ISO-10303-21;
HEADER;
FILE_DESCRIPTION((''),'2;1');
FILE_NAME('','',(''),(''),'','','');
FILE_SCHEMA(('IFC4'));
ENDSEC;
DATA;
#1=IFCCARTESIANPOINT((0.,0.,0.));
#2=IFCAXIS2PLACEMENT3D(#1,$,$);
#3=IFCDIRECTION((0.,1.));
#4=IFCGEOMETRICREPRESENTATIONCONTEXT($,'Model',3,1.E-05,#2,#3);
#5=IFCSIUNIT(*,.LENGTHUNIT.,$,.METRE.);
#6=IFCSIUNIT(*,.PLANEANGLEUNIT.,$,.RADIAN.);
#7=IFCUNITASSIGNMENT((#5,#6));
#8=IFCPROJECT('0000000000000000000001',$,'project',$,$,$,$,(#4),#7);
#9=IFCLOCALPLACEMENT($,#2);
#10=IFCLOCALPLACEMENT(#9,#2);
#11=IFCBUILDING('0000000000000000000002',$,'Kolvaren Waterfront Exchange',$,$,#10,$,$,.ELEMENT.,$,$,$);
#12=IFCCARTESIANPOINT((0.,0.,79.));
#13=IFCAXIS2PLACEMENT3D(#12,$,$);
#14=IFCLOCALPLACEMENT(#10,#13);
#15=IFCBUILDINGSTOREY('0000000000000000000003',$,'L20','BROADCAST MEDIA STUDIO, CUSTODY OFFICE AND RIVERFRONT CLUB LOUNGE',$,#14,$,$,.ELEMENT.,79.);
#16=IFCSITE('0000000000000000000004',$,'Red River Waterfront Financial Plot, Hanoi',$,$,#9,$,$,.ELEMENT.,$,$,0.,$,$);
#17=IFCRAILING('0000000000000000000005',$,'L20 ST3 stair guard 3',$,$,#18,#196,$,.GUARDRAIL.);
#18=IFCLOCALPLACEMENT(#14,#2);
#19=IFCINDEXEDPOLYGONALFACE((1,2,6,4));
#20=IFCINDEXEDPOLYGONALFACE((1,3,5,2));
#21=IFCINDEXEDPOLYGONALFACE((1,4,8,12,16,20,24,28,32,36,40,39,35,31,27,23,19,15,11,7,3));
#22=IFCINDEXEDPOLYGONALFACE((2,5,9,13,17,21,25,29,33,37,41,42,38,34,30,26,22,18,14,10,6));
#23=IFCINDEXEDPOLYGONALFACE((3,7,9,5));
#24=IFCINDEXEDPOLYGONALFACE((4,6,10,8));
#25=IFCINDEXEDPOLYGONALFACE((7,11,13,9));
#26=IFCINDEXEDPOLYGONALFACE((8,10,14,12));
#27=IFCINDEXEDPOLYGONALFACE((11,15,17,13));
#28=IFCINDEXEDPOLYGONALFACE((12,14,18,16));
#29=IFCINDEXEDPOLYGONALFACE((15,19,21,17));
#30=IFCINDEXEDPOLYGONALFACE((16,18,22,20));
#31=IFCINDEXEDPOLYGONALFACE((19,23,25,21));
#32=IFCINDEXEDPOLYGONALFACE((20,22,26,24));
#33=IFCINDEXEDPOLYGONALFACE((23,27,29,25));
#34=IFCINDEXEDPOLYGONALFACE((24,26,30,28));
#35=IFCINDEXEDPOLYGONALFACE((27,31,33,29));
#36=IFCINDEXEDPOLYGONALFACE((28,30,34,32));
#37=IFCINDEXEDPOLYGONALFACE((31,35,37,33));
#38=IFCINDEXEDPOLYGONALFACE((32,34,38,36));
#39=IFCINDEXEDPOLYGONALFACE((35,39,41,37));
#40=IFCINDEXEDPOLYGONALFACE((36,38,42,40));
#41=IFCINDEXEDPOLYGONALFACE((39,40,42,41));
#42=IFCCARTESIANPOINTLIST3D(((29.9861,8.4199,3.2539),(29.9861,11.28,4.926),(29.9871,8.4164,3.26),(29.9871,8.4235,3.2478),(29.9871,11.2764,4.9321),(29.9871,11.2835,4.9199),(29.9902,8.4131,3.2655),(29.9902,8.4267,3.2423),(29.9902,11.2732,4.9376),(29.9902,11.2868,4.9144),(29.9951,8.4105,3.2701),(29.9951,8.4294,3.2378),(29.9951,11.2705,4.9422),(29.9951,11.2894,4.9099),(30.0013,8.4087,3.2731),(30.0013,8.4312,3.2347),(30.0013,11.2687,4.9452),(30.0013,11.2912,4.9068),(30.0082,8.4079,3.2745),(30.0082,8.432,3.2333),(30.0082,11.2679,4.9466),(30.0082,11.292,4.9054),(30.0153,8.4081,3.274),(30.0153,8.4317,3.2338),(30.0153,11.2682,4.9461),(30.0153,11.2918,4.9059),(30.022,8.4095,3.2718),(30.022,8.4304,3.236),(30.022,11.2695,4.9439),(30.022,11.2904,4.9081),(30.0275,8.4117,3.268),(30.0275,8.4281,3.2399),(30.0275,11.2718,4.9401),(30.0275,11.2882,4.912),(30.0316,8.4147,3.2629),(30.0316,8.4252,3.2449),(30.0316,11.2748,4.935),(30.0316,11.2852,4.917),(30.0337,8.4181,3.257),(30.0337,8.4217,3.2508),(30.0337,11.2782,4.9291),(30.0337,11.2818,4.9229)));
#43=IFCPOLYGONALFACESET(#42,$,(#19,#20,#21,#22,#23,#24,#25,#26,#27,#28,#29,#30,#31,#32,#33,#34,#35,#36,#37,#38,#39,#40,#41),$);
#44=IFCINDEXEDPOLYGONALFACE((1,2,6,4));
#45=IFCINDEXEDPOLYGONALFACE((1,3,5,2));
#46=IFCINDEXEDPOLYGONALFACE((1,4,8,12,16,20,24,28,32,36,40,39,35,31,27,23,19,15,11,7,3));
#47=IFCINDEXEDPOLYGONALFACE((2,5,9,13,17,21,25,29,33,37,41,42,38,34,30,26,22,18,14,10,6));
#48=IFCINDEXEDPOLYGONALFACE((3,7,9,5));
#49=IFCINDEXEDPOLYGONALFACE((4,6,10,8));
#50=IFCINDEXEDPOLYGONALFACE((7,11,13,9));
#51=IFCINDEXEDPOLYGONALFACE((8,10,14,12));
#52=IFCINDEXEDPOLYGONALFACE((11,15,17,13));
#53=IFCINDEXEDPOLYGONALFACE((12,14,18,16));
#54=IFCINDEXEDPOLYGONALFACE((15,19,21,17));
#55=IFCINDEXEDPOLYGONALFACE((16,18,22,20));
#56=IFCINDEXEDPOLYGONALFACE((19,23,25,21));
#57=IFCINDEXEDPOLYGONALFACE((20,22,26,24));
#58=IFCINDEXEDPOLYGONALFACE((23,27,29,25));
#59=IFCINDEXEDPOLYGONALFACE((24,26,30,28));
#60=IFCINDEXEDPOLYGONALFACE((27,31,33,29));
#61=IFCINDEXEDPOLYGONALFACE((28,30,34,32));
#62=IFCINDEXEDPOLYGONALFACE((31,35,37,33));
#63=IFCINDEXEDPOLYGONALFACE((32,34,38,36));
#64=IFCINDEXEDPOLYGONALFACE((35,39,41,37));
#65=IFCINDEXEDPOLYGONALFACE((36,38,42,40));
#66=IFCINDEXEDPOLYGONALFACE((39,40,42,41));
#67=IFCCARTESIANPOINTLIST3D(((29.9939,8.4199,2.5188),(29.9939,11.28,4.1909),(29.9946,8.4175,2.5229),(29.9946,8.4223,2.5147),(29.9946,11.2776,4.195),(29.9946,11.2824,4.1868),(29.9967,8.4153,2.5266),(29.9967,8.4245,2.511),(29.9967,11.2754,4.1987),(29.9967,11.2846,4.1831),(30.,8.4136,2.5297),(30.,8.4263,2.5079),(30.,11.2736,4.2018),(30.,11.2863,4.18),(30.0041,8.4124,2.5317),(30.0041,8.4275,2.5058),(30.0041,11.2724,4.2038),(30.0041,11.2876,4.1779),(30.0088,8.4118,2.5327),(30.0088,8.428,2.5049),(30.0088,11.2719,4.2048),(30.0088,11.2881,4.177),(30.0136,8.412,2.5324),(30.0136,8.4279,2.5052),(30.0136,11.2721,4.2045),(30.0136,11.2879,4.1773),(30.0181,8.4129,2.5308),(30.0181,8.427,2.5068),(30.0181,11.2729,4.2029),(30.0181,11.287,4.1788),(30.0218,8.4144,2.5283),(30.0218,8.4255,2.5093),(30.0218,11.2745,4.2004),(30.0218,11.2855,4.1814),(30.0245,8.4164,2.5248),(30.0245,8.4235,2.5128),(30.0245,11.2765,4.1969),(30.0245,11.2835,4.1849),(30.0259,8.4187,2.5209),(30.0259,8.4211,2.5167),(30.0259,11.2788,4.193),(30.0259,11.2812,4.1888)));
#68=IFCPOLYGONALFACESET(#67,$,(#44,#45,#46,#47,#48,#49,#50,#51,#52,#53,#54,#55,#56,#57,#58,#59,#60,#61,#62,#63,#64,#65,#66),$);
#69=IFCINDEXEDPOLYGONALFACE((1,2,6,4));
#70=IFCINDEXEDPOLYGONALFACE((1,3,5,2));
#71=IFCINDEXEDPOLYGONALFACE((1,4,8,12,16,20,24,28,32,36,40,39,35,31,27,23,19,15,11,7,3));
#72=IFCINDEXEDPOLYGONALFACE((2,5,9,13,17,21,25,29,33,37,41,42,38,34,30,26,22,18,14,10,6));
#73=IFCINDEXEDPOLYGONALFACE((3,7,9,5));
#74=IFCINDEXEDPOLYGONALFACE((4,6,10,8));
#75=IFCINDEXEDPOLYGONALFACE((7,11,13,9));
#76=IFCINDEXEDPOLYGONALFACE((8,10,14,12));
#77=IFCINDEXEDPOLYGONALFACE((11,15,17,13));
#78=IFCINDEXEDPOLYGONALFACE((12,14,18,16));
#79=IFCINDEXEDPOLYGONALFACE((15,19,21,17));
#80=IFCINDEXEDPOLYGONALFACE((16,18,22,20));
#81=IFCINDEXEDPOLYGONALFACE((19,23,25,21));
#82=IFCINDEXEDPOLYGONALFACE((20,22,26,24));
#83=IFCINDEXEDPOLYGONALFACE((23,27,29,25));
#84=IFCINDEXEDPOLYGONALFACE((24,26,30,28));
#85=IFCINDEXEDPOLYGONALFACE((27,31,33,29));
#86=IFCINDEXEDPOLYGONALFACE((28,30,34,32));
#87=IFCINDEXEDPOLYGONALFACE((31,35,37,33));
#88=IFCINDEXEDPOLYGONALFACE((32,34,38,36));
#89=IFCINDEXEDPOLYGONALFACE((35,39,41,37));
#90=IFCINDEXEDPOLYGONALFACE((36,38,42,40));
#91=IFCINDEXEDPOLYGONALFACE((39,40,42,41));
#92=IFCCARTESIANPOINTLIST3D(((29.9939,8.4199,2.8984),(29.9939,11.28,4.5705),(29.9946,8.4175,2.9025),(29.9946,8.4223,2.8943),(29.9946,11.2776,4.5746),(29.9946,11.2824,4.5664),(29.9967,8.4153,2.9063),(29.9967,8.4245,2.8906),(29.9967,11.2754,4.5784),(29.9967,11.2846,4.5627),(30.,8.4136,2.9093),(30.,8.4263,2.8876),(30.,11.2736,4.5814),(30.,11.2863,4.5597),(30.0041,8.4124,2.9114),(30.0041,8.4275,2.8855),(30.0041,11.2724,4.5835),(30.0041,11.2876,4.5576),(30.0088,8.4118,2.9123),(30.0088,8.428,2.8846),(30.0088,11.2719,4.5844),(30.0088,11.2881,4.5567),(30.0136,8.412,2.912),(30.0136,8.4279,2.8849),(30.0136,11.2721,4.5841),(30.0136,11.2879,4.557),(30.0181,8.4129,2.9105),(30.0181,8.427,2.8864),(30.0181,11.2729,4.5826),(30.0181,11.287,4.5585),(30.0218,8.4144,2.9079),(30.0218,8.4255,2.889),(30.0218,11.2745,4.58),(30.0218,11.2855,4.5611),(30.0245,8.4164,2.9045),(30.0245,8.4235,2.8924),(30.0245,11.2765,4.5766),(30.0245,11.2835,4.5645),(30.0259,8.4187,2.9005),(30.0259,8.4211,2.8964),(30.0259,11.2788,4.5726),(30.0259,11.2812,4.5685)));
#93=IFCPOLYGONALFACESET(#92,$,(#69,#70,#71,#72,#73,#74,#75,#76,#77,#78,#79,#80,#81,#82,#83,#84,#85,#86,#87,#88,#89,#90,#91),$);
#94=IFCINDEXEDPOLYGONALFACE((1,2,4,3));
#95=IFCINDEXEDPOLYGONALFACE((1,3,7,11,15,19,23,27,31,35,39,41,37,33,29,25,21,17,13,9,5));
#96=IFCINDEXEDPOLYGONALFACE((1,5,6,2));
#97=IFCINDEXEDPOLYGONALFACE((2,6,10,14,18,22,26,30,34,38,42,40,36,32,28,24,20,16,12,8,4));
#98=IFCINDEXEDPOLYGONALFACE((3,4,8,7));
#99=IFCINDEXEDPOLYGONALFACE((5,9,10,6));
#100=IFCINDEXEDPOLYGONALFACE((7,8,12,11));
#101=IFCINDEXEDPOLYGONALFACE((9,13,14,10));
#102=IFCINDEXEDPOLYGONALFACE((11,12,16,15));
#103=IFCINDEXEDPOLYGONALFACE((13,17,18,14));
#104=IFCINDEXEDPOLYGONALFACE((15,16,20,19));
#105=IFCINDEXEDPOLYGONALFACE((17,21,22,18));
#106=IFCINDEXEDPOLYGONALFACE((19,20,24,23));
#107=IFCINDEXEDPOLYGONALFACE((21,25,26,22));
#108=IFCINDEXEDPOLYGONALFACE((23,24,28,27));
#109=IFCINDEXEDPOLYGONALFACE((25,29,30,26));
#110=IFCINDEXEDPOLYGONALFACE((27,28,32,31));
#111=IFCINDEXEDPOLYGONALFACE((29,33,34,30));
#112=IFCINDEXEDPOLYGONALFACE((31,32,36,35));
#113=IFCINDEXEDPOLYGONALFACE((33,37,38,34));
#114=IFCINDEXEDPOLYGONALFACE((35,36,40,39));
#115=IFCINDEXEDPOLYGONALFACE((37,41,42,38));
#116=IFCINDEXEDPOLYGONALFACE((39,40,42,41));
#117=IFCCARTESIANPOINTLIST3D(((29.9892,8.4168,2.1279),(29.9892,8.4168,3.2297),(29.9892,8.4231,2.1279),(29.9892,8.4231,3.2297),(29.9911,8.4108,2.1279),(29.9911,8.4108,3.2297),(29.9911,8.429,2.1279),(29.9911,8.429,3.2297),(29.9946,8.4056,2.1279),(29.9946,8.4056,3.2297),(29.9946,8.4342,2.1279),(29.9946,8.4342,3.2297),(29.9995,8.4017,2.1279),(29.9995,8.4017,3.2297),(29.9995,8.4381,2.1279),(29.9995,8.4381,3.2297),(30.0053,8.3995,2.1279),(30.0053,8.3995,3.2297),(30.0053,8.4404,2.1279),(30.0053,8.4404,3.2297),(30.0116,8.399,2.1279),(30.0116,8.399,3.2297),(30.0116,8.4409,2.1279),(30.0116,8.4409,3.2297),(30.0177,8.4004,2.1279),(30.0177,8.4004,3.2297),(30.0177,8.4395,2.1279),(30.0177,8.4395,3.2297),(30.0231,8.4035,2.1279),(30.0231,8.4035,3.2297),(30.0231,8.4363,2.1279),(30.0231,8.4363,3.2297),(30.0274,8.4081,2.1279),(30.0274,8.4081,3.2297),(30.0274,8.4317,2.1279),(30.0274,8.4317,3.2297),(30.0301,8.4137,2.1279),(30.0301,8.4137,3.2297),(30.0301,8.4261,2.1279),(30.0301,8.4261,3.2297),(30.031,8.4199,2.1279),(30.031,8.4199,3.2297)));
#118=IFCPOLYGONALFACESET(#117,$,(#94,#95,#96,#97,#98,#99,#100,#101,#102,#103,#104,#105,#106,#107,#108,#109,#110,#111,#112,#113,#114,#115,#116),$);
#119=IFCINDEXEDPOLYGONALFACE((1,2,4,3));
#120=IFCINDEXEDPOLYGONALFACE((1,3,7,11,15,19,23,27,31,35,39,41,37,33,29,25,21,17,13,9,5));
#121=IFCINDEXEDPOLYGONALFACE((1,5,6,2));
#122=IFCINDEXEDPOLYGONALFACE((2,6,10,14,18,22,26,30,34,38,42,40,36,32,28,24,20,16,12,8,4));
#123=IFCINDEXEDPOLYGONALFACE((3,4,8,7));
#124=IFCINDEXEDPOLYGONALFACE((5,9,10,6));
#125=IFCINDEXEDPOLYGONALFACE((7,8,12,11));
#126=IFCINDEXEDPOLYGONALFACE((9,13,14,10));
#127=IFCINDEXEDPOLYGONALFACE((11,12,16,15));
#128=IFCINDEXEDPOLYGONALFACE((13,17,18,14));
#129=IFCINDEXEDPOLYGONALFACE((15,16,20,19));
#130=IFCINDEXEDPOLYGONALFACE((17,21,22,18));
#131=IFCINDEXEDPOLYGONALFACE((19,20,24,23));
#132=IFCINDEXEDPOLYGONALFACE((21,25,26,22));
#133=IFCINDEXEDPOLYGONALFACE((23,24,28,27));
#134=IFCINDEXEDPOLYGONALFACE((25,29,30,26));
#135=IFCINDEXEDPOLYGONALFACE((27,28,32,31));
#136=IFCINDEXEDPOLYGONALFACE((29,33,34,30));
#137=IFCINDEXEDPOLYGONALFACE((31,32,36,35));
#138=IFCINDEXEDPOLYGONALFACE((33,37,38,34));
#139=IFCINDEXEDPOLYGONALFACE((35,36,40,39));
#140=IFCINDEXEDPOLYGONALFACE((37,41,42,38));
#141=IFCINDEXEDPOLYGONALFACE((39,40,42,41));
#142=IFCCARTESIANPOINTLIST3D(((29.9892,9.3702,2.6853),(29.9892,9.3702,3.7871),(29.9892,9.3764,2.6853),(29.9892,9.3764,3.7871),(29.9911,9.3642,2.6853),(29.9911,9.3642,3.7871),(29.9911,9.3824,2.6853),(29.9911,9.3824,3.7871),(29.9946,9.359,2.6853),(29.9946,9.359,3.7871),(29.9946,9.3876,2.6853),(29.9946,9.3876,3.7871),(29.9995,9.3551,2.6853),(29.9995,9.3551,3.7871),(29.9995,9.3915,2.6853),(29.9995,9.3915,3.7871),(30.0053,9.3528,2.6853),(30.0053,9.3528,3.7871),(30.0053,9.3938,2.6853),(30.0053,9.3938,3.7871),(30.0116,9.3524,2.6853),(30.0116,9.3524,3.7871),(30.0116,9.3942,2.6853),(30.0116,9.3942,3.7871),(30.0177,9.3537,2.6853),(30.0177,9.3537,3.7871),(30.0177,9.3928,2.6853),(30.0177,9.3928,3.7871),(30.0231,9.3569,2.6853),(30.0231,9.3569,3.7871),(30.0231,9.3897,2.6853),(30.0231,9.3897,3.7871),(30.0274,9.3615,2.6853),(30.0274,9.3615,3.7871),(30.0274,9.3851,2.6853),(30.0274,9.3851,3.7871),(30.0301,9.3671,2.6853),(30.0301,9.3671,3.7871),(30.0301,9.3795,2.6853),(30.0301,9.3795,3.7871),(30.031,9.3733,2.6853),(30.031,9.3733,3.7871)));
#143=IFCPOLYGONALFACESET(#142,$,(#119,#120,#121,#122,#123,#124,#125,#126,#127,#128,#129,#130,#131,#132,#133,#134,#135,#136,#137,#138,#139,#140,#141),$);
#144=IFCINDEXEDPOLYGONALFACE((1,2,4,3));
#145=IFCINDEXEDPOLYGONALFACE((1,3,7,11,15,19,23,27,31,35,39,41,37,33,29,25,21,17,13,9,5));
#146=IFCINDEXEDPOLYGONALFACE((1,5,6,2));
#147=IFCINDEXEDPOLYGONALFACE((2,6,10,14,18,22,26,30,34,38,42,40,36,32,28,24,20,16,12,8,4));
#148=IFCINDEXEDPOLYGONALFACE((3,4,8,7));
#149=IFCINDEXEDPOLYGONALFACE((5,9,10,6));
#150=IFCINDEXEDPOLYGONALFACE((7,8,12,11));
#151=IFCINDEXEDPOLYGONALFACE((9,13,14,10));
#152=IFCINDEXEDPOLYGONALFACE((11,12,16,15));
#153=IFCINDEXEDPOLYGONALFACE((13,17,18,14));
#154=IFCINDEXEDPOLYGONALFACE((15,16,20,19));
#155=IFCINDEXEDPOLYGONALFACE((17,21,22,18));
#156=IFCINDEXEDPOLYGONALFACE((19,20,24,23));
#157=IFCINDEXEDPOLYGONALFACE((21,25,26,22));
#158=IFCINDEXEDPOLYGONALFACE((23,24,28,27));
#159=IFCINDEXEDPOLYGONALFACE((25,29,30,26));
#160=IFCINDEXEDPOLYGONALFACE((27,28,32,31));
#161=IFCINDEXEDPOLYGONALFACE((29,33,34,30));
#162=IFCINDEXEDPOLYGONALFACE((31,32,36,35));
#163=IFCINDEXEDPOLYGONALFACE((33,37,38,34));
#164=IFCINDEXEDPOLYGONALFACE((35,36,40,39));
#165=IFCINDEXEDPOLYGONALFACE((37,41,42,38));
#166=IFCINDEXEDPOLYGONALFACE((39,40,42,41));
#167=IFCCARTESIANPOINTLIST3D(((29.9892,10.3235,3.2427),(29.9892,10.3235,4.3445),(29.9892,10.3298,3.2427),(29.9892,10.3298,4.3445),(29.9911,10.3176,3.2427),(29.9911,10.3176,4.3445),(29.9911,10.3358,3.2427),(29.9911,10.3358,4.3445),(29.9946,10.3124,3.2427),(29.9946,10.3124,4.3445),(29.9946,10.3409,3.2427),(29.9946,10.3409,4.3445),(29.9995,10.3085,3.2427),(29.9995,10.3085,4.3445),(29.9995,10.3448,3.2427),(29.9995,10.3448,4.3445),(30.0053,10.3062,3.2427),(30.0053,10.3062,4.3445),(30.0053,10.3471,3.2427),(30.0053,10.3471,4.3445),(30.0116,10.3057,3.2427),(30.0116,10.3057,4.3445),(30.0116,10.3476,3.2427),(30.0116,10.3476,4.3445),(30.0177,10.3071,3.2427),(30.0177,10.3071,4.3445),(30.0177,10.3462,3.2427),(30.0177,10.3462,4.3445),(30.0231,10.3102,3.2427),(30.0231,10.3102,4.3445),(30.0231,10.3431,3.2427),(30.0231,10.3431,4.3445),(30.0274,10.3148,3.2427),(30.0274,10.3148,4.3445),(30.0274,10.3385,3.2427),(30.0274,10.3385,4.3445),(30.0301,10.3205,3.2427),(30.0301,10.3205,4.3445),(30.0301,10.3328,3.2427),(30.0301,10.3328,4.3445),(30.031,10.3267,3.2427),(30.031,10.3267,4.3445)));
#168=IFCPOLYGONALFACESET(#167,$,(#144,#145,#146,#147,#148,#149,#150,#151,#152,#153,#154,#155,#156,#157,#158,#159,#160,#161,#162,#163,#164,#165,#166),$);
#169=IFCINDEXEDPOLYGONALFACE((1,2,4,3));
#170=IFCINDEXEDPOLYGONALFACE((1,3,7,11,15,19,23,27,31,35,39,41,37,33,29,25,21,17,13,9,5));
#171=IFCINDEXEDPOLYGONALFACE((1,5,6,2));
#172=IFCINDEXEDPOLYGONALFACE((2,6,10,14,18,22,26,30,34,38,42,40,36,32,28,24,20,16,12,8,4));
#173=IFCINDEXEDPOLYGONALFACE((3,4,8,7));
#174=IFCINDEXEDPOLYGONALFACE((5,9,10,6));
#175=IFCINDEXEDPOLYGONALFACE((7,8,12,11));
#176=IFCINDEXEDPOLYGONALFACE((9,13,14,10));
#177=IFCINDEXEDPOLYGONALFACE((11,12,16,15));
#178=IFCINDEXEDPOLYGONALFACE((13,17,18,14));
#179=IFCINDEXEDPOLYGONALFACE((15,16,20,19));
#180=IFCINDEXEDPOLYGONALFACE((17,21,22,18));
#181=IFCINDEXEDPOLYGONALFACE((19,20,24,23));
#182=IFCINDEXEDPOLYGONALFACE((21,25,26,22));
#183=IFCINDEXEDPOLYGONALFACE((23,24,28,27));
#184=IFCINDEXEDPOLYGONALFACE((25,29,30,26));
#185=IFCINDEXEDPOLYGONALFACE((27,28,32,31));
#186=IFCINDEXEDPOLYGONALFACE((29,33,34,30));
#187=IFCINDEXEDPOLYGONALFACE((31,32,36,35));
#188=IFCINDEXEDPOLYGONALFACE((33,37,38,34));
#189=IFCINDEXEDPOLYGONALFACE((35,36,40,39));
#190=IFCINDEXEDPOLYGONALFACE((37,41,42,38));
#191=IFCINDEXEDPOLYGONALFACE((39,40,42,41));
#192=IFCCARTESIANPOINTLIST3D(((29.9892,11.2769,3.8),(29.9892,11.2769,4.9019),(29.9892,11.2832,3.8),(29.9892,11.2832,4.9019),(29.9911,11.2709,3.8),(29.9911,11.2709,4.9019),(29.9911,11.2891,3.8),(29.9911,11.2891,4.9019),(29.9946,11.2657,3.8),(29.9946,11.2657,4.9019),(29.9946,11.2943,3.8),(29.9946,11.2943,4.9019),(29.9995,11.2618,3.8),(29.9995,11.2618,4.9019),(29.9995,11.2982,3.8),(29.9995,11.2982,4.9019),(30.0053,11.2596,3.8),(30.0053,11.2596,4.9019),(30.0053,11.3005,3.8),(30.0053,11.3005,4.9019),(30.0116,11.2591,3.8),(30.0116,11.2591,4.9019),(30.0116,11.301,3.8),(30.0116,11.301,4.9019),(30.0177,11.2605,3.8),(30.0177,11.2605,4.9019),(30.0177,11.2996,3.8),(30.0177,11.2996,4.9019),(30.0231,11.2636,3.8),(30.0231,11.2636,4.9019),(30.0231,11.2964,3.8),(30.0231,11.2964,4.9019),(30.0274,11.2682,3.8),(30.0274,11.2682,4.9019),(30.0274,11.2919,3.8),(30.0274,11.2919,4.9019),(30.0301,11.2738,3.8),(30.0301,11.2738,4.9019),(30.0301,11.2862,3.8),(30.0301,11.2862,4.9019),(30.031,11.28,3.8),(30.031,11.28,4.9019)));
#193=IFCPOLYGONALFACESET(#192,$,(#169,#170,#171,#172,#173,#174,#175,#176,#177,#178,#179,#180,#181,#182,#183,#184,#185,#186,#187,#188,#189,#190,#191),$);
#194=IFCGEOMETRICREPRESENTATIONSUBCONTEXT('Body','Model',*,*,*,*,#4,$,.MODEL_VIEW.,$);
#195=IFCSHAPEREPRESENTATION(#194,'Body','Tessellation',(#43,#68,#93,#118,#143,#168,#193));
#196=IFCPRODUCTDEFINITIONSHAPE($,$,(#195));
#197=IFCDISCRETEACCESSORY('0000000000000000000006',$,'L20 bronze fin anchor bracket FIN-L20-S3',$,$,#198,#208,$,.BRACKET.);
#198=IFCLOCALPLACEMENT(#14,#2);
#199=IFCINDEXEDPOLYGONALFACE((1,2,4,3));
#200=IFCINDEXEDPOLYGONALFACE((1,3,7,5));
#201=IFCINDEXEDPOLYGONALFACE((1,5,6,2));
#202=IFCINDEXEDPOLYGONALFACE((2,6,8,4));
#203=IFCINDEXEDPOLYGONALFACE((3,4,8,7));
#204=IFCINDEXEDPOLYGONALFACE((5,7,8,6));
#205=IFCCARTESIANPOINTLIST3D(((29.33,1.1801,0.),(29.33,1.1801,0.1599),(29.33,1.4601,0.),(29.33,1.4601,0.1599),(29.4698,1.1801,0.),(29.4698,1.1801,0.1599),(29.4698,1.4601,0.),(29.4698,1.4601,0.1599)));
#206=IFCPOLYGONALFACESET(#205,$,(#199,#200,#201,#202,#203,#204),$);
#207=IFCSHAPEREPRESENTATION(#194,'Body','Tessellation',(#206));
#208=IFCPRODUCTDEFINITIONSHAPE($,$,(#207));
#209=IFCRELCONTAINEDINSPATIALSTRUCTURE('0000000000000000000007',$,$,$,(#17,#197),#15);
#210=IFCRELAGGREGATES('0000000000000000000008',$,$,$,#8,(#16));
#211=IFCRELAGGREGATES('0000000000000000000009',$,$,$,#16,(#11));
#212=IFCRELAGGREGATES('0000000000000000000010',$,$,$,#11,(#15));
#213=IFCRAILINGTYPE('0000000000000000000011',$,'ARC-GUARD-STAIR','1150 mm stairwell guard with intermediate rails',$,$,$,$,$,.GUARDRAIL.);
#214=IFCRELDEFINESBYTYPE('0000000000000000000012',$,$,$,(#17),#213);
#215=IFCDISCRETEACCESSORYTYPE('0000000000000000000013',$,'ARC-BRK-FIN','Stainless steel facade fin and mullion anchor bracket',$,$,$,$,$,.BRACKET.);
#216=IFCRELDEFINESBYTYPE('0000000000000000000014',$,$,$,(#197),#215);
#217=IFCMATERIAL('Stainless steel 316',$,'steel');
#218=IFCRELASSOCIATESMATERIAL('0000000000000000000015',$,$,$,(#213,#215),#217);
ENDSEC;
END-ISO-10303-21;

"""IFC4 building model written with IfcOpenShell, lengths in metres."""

from ifc_helpers import new_model, si_unit, direction, frame, origin, origin_with_axes, origin_2d, place, context, subcontext, project, spatial, rectangle, circle, extrude, source, transform, mapped, material, type_object, element, save


model = new_model("IFC4")

# Units and contexts
model_context = context("Model", 3, precision=1e-05, world=origin(), true_north=direction((0.0, 1.0)))
body_context = subcontext(model_context, "Body", "Model", "MODEL_VIEW")
ifc_project = project(units=[si_unit("LENGTHUNIT", "METRE"), si_unit("PLANEANGLEUNIT", "RADIAN")], contexts=[model_context])

# Site, building, storey
site_placement = place(None, origin())
site = spatial("IfcSite", under=ifc_project, at=site_placement, Name="Red River Waterfront Financial Plot, Hanoi", CompositionType="ELEMENT", RefElevation=0.0)
building_placement = place(site_placement, origin())
building = spatial("IfcBuilding", under=site, at=building_placement, Name="Kolvaren Waterfront Exchange", CompositionType="ELEMENT")
storey_placement = place(building_placement, frame((0.0, 0.0, 79.0)))
storey = spatial("IfcBuildingStorey", under=building, at=storey_placement, Name="L20", Description="BROADCAST MEDIA STUDIO, CUSTODY OFFICE AND RIVERFRONT CLUB LOUNGE", CompositionType="ELEMENT", Elevation=79.0)

# Railing
ifc_material_1 = material(Name="Stainless steel 316", Category="steel")
railing_type = type_object("IfcRailingType", Name="ARC-GUARD-STAIR", Description="1150 mm stairwell guard with intermediate rails", PredefinedType="GUARDRAIL", material=ifc_material_1)
railing_1_placement = place(storey_placement, frame((30.01, 8.4199, 2.1279)))
element("IfcRailing", 1, at=railing_1_placement, inside=storey, type_object=railing_type, Name="L20 ST3 stair guard 3", PredefinedType="GUARDRAIL", context=body_context, shape_type="SweptSolid", body=[
    extrude(circle(Radius=0.0239, at=origin_2d()), frame((0.0, 0.0, 1.126), z_axis=(0.0, 0.863289, 0.504709), x_axis=(-1.0, 0.0, 0.0)), (0.0, 0.0, 1.0), 3.313),
    extrude(circle(Radius=0.0161, at=origin_2d()), frame((0.0, 0.0, 0.3909), z_axis=(0.0, 0.863289, 0.504709), x_axis=(-1.0, 0.0, 0.0)), (0.0, 0.0, 1.0), 3.313),
    extrude(circle(Radius=0.0161, at=origin_2d()), frame((0.0, 0.0, 0.7705), z_axis=(0.0, 0.863289, 0.504709), x_axis=(-1.0, 0.0, 0.0)), (0.0, 0.0, 1.0), 3.313),
    extrude(circle(Radius=0.021, at=origin_2d()), origin(), (0.0, 0.0, 1.0), 1.1018),
    extrude(circle(Radius=0.021, at=origin_2d()), frame((0.0, 0.9534, 0.5574)), (0.0, 0.0, 1.0), 1.1018),
    extrude(circle(Radius=0.021, at=origin_2d()), frame((0.0, 1.9067, 1.1147)), (0.0, 0.0, 1.0), 1.1018),
    extrude(circle(Radius=0.021, at=origin_2d()), frame((0.0, 2.8601, 1.6721)), (0.0, 0.0, 1.0), 1.1018),
])

# Discrete accessory
discrete_accessory_type = type_object("IfcDiscreteAccessoryType", Name="ARC-BRK-FIN", Description="Stainless steel facade fin and mullion anchor bracket", PredefinedType="BRACKET", material=ifc_material_1)
shared_shape_1 = source(origin_with_axes(), body_context, "Body", "SweptSolid", [
    extrude(rectangle(XDim=0.28, YDim=0.1399, at=origin_2d()), origin(), (0.0, 0.0, 1.0), 0.1599),
])
discrete_accessory_placement = place(storey_placement, frame((29.3999, 1.3201, 0.0), z_axis=(0.0, 0.0, 1.0), x_axis=(0.0, -1.0, 0.0)))
element("IfcDiscreteAccessory", 2, at=discrete_accessory_placement, inside=storey, type_object=discrete_accessory_type, Name="L20 bronze fin anchor bracket FIN-L20-S3", PredefinedType="BRACKET", context=body_context, shape_type="MappedRepresentation", body=[
    mapped(shared_shape_1, transform((0.0, 0.0, 0.0), x_axis=(1.0, 0.0, 0.0), y_axis=(0.0, 1.0, 0.0), z_axis=(0.0, 0.0, 1.0), scale=1.0)),
])

save(model, "model.ifc")
